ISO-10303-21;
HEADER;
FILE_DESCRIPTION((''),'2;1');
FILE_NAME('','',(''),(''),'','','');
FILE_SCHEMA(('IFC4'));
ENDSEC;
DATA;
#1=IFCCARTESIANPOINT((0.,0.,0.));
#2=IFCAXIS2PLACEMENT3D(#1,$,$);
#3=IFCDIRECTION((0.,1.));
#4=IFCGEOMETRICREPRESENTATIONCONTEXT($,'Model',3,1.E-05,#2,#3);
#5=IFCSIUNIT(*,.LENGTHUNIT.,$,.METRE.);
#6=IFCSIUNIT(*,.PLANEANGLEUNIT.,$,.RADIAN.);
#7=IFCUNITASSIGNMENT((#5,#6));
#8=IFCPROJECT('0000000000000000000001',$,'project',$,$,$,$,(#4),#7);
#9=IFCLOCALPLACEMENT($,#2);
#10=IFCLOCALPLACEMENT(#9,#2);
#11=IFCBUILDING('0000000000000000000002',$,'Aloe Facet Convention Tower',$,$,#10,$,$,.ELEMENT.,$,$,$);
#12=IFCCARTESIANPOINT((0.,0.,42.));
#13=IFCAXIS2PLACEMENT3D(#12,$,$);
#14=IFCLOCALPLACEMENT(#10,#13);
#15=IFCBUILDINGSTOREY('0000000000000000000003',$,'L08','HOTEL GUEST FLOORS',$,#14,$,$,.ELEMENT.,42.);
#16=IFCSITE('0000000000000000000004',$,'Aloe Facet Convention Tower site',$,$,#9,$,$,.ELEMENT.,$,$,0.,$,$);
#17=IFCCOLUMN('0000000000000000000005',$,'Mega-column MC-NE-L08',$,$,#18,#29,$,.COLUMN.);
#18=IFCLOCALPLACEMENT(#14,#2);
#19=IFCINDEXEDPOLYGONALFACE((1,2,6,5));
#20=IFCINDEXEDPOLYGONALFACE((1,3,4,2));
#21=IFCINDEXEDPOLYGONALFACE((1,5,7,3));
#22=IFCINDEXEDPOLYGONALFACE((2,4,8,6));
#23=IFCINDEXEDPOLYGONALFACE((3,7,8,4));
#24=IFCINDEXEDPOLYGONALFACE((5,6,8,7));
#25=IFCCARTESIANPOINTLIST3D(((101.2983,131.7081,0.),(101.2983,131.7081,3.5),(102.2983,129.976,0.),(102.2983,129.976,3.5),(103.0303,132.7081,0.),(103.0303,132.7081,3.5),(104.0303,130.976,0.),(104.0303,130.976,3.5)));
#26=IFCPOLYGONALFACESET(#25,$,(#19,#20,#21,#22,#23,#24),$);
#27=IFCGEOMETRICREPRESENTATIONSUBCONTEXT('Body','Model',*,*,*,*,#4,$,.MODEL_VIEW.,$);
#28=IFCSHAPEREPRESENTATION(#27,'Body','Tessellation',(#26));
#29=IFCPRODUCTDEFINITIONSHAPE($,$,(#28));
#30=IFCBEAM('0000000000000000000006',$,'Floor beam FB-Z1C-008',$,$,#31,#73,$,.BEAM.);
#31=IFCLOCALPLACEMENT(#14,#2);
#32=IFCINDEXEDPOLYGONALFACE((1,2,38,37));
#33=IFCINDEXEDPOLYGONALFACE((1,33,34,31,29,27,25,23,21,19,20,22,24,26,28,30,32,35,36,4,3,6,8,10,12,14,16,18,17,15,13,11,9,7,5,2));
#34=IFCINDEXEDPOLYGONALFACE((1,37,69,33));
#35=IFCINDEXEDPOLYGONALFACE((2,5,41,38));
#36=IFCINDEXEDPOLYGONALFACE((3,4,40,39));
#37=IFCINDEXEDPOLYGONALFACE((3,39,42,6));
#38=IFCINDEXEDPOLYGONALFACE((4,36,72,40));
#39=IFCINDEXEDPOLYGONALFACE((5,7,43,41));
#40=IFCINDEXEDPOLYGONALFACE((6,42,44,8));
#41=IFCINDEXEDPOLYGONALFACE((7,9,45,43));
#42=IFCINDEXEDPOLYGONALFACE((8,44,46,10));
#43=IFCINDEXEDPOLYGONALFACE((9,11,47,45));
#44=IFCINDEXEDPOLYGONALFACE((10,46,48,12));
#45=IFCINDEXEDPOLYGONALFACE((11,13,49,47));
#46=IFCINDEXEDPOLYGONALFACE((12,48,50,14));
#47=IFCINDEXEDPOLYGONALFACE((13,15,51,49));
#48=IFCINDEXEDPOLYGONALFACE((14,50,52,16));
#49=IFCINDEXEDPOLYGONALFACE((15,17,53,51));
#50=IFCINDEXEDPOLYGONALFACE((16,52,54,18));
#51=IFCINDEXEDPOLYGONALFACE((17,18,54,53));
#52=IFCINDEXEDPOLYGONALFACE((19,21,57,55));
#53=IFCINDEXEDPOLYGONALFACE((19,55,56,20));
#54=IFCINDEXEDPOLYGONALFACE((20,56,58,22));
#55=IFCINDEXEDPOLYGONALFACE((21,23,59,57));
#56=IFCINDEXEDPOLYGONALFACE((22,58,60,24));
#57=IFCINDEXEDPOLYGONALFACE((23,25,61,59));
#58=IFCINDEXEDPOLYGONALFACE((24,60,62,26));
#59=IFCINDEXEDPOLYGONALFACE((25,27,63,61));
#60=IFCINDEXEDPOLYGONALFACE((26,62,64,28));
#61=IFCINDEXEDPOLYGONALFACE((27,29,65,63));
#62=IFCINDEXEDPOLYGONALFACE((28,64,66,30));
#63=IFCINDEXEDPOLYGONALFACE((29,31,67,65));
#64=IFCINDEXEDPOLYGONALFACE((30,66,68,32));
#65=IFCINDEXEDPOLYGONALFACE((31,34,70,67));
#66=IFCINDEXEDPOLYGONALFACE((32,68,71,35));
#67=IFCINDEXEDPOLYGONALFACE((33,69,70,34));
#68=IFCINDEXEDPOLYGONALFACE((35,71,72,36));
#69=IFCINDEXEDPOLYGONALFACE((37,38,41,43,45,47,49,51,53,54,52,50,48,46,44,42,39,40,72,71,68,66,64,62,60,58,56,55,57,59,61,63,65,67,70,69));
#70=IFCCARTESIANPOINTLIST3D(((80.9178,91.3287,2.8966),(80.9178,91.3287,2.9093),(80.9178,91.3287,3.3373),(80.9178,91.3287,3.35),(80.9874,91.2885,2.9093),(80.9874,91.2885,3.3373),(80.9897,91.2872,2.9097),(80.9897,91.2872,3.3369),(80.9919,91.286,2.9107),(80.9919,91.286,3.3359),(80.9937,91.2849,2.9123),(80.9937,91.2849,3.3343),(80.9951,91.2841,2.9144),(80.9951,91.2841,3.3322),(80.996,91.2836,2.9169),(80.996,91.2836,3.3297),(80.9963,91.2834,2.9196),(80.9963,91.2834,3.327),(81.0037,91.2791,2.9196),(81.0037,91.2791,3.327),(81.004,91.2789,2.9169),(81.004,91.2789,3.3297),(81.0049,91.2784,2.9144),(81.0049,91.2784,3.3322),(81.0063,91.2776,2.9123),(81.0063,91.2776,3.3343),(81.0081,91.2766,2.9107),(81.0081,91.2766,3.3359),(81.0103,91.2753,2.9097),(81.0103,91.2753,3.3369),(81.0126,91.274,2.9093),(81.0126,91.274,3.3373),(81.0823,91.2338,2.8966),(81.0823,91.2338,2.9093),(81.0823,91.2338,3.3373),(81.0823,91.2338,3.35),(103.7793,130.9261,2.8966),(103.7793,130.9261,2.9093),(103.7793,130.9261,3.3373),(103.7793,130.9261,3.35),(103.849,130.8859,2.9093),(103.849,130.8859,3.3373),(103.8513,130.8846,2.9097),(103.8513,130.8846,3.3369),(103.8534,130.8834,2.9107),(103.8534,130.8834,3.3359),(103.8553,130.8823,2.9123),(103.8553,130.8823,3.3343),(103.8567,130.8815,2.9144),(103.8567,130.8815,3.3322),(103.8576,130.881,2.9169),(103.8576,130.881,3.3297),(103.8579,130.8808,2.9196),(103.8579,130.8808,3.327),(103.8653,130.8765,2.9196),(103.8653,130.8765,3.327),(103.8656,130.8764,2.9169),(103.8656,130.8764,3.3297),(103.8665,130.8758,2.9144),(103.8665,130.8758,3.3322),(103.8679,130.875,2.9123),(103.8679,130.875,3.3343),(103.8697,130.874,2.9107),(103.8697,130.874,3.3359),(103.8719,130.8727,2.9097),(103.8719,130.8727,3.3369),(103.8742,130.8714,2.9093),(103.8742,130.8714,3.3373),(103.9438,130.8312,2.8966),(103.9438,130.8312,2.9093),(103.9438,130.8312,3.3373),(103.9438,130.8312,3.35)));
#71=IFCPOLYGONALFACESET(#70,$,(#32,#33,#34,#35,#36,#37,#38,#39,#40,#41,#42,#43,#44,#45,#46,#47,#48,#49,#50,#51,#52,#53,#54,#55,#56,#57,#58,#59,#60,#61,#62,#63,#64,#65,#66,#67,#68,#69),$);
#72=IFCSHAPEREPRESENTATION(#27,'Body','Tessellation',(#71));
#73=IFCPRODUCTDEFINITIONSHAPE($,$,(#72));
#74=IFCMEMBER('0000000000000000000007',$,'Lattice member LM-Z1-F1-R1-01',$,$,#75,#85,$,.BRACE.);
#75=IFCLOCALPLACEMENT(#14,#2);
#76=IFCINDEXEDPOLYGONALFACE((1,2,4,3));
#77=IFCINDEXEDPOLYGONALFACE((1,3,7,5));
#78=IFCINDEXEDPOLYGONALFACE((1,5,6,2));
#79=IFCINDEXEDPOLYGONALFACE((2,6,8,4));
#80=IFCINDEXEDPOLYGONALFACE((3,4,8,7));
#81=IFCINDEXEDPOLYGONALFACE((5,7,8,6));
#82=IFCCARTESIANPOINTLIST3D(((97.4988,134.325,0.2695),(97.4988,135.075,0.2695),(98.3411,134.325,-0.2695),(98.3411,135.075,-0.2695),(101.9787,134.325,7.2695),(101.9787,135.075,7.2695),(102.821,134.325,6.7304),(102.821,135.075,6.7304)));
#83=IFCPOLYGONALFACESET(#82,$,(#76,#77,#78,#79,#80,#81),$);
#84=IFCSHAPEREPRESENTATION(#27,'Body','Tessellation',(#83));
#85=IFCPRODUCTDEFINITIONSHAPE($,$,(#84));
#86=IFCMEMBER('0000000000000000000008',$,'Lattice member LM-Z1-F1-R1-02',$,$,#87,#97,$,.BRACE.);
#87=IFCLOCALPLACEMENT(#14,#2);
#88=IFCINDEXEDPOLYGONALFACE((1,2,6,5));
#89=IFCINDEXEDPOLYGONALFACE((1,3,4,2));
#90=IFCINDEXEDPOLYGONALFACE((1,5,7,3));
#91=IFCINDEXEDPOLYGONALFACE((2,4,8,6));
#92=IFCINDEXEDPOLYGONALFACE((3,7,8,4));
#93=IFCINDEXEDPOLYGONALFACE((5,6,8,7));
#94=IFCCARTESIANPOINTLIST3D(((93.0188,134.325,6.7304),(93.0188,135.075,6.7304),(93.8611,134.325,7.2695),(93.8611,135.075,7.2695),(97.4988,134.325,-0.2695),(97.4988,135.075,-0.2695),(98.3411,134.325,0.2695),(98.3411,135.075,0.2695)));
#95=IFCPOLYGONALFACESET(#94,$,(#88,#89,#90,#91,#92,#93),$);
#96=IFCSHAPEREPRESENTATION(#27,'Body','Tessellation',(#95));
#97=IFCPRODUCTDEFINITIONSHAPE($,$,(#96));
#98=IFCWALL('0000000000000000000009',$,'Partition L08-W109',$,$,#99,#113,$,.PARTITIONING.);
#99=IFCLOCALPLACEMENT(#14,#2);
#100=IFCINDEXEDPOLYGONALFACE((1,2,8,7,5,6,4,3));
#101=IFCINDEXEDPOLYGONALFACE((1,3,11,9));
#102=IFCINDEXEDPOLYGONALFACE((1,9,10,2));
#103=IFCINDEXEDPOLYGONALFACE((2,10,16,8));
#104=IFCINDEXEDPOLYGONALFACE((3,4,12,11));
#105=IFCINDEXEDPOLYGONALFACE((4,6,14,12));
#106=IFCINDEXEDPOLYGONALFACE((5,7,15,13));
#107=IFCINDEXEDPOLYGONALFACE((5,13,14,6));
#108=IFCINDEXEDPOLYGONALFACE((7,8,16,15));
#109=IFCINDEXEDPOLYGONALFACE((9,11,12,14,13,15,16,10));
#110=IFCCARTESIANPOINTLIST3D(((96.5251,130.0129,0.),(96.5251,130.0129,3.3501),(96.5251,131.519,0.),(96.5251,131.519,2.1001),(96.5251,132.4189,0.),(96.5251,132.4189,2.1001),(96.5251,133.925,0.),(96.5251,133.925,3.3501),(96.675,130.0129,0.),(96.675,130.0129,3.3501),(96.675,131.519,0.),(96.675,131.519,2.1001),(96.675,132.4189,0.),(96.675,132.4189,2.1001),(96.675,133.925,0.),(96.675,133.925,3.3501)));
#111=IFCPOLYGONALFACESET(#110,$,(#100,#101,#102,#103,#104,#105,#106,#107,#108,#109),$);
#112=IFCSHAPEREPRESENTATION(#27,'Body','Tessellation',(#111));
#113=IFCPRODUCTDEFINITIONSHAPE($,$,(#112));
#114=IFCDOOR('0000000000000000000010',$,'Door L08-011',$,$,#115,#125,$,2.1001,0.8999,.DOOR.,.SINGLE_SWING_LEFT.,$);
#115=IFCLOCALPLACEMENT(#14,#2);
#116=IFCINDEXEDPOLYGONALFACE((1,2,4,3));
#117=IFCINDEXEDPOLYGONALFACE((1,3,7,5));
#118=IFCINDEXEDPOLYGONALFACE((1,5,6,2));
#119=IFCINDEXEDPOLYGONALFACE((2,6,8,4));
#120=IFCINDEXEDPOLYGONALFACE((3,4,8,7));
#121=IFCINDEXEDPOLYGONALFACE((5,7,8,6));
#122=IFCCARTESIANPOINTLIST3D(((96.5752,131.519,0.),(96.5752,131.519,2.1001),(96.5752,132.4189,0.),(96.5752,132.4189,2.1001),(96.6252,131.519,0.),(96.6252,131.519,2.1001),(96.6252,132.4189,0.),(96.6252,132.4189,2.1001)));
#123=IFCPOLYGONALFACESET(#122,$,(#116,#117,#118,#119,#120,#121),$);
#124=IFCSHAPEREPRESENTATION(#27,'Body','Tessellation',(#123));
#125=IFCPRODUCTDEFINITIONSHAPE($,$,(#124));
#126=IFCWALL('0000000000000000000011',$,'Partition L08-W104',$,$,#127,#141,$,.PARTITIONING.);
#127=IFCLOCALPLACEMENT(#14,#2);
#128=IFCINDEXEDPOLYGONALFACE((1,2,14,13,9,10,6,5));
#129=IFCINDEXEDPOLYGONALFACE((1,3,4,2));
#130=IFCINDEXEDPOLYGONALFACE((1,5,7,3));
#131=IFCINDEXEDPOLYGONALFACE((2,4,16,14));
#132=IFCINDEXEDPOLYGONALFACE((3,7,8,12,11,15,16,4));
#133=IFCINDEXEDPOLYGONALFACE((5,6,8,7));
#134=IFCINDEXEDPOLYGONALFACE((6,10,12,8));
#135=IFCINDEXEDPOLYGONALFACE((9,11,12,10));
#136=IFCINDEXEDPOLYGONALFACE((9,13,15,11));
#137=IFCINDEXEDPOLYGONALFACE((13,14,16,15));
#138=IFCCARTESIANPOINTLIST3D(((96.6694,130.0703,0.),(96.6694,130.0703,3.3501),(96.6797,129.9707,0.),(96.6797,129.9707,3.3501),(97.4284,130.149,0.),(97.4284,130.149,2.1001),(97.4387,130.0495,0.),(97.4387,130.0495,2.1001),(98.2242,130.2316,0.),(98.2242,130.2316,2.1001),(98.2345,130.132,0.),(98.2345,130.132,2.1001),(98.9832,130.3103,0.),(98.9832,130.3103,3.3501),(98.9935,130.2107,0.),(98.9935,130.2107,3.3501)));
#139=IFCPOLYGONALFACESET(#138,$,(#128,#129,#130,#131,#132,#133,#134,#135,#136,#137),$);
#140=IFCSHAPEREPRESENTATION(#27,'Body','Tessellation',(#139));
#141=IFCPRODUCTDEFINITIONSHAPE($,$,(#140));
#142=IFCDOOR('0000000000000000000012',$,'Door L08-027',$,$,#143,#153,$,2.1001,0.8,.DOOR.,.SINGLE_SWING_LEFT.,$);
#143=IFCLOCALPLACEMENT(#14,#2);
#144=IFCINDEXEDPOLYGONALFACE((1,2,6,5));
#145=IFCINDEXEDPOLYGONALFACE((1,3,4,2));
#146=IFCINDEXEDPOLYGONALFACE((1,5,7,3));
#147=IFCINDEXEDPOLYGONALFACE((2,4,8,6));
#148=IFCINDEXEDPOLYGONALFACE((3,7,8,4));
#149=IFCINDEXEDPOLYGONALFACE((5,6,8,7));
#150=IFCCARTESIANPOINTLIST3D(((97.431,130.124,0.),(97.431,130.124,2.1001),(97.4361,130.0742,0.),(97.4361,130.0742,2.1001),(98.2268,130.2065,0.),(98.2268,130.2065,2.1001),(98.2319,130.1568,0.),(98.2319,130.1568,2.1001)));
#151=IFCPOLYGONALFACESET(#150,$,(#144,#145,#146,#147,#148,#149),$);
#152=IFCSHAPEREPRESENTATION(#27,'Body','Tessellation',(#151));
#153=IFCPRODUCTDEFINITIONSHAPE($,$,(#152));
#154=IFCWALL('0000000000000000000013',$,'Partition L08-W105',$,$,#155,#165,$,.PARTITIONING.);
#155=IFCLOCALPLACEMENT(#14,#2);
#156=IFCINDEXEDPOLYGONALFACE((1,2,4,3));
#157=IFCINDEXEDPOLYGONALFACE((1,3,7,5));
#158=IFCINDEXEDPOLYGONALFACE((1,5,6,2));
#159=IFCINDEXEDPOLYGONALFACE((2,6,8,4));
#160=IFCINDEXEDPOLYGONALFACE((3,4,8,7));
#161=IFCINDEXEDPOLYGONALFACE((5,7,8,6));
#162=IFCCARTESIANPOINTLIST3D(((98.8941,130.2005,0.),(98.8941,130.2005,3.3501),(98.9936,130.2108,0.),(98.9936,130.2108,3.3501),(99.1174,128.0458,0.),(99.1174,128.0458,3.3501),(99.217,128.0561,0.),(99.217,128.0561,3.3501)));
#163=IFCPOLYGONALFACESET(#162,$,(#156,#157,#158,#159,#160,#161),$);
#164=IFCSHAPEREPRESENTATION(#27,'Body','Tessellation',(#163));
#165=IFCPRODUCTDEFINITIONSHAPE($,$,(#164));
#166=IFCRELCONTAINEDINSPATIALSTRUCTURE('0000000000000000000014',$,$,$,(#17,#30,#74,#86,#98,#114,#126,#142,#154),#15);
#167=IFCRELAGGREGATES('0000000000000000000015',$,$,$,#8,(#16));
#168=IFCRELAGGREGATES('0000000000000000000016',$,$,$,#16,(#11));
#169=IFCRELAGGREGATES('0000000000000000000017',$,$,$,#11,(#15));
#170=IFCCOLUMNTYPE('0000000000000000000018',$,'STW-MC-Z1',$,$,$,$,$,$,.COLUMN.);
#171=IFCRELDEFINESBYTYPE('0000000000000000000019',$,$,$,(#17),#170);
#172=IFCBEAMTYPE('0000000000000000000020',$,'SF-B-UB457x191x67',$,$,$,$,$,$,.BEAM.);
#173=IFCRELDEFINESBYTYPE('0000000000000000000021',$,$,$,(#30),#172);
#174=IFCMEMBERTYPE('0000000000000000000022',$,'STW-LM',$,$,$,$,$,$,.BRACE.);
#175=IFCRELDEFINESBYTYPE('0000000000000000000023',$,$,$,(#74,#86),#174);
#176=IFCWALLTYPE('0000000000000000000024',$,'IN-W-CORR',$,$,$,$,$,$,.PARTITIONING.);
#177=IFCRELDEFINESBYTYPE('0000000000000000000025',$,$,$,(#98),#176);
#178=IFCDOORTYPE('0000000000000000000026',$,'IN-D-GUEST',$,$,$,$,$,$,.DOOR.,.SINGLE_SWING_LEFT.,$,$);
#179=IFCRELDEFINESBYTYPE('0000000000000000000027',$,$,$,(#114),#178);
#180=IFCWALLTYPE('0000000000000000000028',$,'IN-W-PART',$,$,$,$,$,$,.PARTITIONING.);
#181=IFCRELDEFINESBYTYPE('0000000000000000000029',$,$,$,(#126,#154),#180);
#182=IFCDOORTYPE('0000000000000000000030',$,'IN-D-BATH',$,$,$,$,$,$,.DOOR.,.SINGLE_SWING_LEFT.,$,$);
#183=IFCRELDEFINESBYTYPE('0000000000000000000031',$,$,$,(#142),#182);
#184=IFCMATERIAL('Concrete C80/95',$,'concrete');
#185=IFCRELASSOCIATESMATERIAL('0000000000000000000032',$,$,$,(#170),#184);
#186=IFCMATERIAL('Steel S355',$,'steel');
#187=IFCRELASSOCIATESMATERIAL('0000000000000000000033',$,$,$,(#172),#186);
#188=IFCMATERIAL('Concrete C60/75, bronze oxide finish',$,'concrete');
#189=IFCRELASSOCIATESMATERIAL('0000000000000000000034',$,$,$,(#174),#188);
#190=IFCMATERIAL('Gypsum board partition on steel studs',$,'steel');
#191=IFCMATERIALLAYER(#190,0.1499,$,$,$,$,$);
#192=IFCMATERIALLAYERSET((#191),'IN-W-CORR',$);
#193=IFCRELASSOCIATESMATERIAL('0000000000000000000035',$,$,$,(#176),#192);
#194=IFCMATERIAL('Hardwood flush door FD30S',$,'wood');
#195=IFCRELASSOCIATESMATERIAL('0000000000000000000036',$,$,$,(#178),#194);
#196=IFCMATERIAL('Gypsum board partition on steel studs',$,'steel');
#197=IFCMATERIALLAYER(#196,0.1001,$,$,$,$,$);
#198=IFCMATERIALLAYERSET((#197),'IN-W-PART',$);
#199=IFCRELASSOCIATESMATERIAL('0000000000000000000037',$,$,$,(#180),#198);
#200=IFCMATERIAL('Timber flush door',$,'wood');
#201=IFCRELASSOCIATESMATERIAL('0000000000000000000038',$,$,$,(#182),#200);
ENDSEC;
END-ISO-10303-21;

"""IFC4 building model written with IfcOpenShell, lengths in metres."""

from ifc_helpers import new_model, si_unit, direction, frame, frame_2d, origin, origin_2d, place, context, subcontext, project, spatial, rectangle, i_section, extrude, material, layer, layer_set, material_profile, profile_set, type_object, element, fill, save


model = new_model("IFC4")

# Units and contexts
model_context = context("Model", 3, precision=1e-05, world=origin(), true_north=direction((0.0, 1.0)))
body_context = subcontext(model_context, "Body", "Model", "MODEL_VIEW")
ifc_project = project(units=[si_unit("LENGTHUNIT", "METRE"), si_unit("PLANEANGLEUNIT", "RADIAN")], contexts=[model_context])

# Site, building, storey
site_placement = place(None, origin())
site = spatial("IfcSite", under=ifc_project, at=site_placement, Name="Aloe Facet Convention Tower site", CompositionType="ELEMENT", RefElevation=0.0)
building_placement = place(site_placement, origin())
building = spatial("IfcBuilding", under=site, at=building_placement, Name="Aloe Facet Convention Tower", CompositionType="ELEMENT")
storey_placement = place(building_placement, frame((0.0, 0.0, 42.0)))
storey = spatial("IfcBuildingStorey", under=building, at=storey_placement, Name="L08", Description="HOTEL GUEST FLOORS", CompositionType="ELEMENT", Elevation=42.0)

# Column
ifc_material_1 = material(Name="Concrete C80/95", Category="concrete")
ifc_material_profile_1 = material_profile(ifc_material_1, rectangle(XDim=2.0, YDim=2.0, at=origin_2d()), Name="STW-MC-Z1")
ifc_profile_set_1 = profile_set([ifc_material_profile_1], Name="Concrete C80/95")
column_type = type_object("IfcColumnType", Name="STW-MC-Z1", PredefinedType="COLUMN", material=ifc_profile_set_1)
column_placement = place(storey_placement, frame((102.6643, 131.342, 0.0), z_axis=(0.0, 0.0, 1.0), x_axis=(-0.5, 0.866025, 0.0)))
element("IfcColumn", 1, at=column_placement, inside=storey, type_object=column_type, Name="Mega-column MC-NE-L08", PredefinedType="COLUMN", context=body_context, shape_type="SweptSolid", body=[
    extrude(rectangle(XDim=2.0, YDim=2.0, at=origin_2d()), origin(), (0.0, 0.0, 1.0), 3.5),
])

# Beam
ifc_material_2 = material(Name="Steel S355", Category="steel")
ifc_material_profile_2 = material_profile(ifc_material_2, i_section(OverallWidth=0.1899, OverallDepth=0.4534, WebThickness=0.0085, FlangeThickness=0.0127, FilletRadius=0.0103, at=origin_2d()), Name="UB 457x191x67")
ifc_profile_set_2 = profile_set([ifc_material_profile_2], Name="Steel S355")
beam_type = type_object("IfcBeamType", Name="SF-B-UB457x191x67", PredefinedType="BEAM", material=ifc_profile_set_2)
beam_placement = place(storey_placement, frame((103.8616, 130.8787, 3.1233), z_axis=(-0.5, -0.866025, 0.0), x_axis=(0.866025, -0.5, 0.0)))
element("IfcBeam", 2, at=beam_placement, inside=storey, type_object=beam_type, Name="Floor beam FB-Z1C-008", PredefinedType="BEAM", context=body_context, shape_type="SweptSolid", body=[
    extrude(i_section(OverallWidth=0.1899, OverallDepth=0.4534, WebThickness=0.0085, FlangeThickness=0.0127, FilletRadius=0.0103, at=origin_2d()), origin(), (0.0, 0.0, 1.0), 45.7231),
])

# Members
ifc_material_3 = material(Name="Concrete C60/75, bronze oxide finish", Category="concrete")
ifc_material_profile_3 = material_profile(ifc_material_3, rectangle(XDim=0.75, YDim=1.0, at=origin_2d()), Name="STW-LM")
ifc_profile_set_3 = profile_set([ifc_material_profile_3], Name="Concrete C60/75, bronze oxide finish")
member_type = type_object("IfcMemberType", Name="STW-LM", PredefinedType="BRACE", material=ifc_profile_set_3)
for number, where, z_axis, x_axis, name in (
    (3, (97.9199, 134.7, 0.0), (0.539052, 0.0, 0.842272), (0.0, 1.0, 0.0), "Lattice member LM-Z1-F1-R1-01"),
    (4, (97.9199, 134.7, 0.0), (-0.539052, 0.0, 0.842272), (0.0, -1.0, 0.0), "Lattice member LM-Z1-F1-R1-02"),
):
    element("IfcMember", number, at=place(storey_placement, frame(where, z_axis=z_axis, x_axis=x_axis)), inside=storey, type_object=member_type, Name=name, PredefinedType="BRACE", context=body_context, shape_type="SweptSolid", body=[
        extrude(rectangle(XDim=0.75, YDim=1.0, at=origin_2d()), origin(), (0.0, 0.0, 1.0), 8.3108),
    ])

# Walls, openings, doors
ifc_material_4 = material(Name="Gypsum board partition on steel studs", Category="steel")
ifc_layer_1 = layer(ifc_material_4, 0.1499)
ifc_layer_set_1 = layer_set([ifc_layer_1], Name="IN-W-CORR")
wall_type_1 = type_object("IfcWallType", Name="IN-W-CORR", PredefinedType="PARTITIONING", material=ifc_layer_set_1)
wall_1_placement = place(storey_placement, frame((96.6001, 130.0129, 0.0), z_axis=(0.0, 0.0, 1.0), x_axis=(0.0, 1.0, 0.0)))
wall_1 = element("IfcWall", 5, at=wall_1_placement, inside=storey, type_object=wall_type_1, Name="Partition L08-W109", PredefinedType="PARTITIONING", context=body_context, shape_type="SweptSolid", body=[
    extrude(rectangle(XDim=3.9121, YDim=0.1499, at=frame_2d((1.9561, 0.0))), origin(), (0.0, 0.0, 1.0), 3.3501),
])
opening_1_placement = place(wall_1_placement, frame((1.5061, 0.0, 0.0)))
opening_1 = element("IfcOpeningElement", 6, at=opening_1_placement, cuts=wall_1, PredefinedType="OPENING", context=body_context, shape_type="SweptSolid", body=[
    extrude(rectangle(XDim=0.8999, YDim=2.1001, at=frame_2d((0.45, 1.05))), frame((0.0, 0.085, 0.0), z_axis=(0.0, -1.0, 0.0), x_axis=(1.0, 0.0, 0.0)), (0.0, 0.0, 1.0), 0.1699),
])
ifc_material_5 = material(Name="Hardwood flush door FD30S", Category="wood")
door_type_1 = type_object("IfcDoorType", Name="IN-D-GUEST", OperationType="SINGLE_SWING_LEFT", PredefinedType="DOOR", material=ifc_material_5)
door_1_placement = place(opening_1_placement, origin())
door_1 = element("IfcDoor", 7, at=door_1_placement, inside=storey, type_object=door_type_1, Name="Door L08-011", OperationType="SINGLE_SWING_LEFT", OverallHeight=2.1001, OverallWidth=0.8999, PredefinedType="DOOR", context=body_context, shape_type="SweptSolid", body=[
    extrude(rectangle(XDim=0.8999, YDim=2.1001, at=frame_2d((0.45, 1.05))), frame((0.0, 0.0249, 0.0), z_axis=(0.0, -1.0, 0.0), x_axis=(1.0, 0.0, 0.0)), (0.0, 0.0, 1.0), 0.05),
])
fill(opening_1, door_1)
ifc_material_6 = material(Name="Gypsum board partition on steel studs", Category="steel")
ifc_layer_2 = layer(ifc_material_6, 0.1001)
ifc_layer_set_2 = layer_set([ifc_layer_2], Name="IN-W-PART")
wall_type_2 = type_object("IfcWallType", Name="IN-W-PART", PredefinedType="PARTITIONING", material=ifc_layer_set_2)
wall_2_placement = place(storey_placement, frame((96.6746, 130.0205, 0.0), z_axis=(0.0, 0.0, 1.0), x_axis=(0.994664, 0.103171, 0.0)))
wall_2 = element("IfcWall", 8, at=wall_2_placement, inside=storey, type_object=wall_type_2, Name="Partition L08-W104", PredefinedType="PARTITIONING", context=body_context, shape_type="SweptSolid", body=[
    extrude(rectangle(XDim=2.3262, YDim=0.1001, at=frame_2d((1.1631, 0.0))), origin(), (0.0, 0.0, 1.0), 3.3501),
])
opening_2_placement = place(wall_2_placement, frame((0.7632, 0.0, 0.0)))
opening_2 = element("IfcOpeningElement", 9, at=opening_2_placement, cuts=wall_2, PredefinedType="OPENING", context=body_context, shape_type="SweptSolid", body=[
    extrude(rectangle(XDim=0.8, YDim=2.1001, at=frame_2d((0.3999, 1.05))), frame((0.0, 0.0601, 0.0), z_axis=(0.0, -1.0, 0.0), x_axis=(1.0, 0.0, 0.0)), (0.0, 0.0, 1.0), 0.1201),
])
ifc_material_7 = material(Name="Timber flush door", Category="wood")
door_type_2 = type_object("IfcDoorType", Name="IN-D-BATH", OperationType="SINGLE_SWING_LEFT", PredefinedType="DOOR", material=ifc_material_7)
door_2_placement = place(opening_2_placement, origin())
door_2 = element("IfcDoor", 10, at=door_2_placement, inside=storey, type_object=door_type_2, Name="Door L08-027", OperationType="SINGLE_SWING_LEFT", OverallHeight=2.1001, OverallWidth=0.8, PredefinedType="DOOR", context=body_context, shape_type="SweptSolid", body=[
    extrude(rectangle(XDim=0.8, YDim=2.1001, at=frame_2d((0.3999, 1.05))), frame((0.0, 0.0249, 0.0), z_axis=(0.0, -1.0, 0.0), x_axis=(1.0, 0.0, 0.0)), (0.0, 0.0, 1.0), 0.05),
])
fill(opening_2, door_2)

# Wall
wall_3_placement = place(storey_placement, frame((98.9438, 130.2056, 0.0), z_axis=(0.0, 0.0, 1.0), x_axis=(0.103118, -0.994669, 0.0)))
element("IfcWall", 11, at=wall_3_placement, inside=storey, type_object=wall_type_2, Name="Partition L08-W105", PredefinedType="PARTITIONING", context=body_context, shape_type="SweptSolid", body=[
    extrude(rectangle(XDim=2.1663, YDim=0.1001, at=frame_2d((1.083, 0.0))), origin(), (0.0, 0.0, 1.0), 3.3501),
])

save(model, "model.ifc")
